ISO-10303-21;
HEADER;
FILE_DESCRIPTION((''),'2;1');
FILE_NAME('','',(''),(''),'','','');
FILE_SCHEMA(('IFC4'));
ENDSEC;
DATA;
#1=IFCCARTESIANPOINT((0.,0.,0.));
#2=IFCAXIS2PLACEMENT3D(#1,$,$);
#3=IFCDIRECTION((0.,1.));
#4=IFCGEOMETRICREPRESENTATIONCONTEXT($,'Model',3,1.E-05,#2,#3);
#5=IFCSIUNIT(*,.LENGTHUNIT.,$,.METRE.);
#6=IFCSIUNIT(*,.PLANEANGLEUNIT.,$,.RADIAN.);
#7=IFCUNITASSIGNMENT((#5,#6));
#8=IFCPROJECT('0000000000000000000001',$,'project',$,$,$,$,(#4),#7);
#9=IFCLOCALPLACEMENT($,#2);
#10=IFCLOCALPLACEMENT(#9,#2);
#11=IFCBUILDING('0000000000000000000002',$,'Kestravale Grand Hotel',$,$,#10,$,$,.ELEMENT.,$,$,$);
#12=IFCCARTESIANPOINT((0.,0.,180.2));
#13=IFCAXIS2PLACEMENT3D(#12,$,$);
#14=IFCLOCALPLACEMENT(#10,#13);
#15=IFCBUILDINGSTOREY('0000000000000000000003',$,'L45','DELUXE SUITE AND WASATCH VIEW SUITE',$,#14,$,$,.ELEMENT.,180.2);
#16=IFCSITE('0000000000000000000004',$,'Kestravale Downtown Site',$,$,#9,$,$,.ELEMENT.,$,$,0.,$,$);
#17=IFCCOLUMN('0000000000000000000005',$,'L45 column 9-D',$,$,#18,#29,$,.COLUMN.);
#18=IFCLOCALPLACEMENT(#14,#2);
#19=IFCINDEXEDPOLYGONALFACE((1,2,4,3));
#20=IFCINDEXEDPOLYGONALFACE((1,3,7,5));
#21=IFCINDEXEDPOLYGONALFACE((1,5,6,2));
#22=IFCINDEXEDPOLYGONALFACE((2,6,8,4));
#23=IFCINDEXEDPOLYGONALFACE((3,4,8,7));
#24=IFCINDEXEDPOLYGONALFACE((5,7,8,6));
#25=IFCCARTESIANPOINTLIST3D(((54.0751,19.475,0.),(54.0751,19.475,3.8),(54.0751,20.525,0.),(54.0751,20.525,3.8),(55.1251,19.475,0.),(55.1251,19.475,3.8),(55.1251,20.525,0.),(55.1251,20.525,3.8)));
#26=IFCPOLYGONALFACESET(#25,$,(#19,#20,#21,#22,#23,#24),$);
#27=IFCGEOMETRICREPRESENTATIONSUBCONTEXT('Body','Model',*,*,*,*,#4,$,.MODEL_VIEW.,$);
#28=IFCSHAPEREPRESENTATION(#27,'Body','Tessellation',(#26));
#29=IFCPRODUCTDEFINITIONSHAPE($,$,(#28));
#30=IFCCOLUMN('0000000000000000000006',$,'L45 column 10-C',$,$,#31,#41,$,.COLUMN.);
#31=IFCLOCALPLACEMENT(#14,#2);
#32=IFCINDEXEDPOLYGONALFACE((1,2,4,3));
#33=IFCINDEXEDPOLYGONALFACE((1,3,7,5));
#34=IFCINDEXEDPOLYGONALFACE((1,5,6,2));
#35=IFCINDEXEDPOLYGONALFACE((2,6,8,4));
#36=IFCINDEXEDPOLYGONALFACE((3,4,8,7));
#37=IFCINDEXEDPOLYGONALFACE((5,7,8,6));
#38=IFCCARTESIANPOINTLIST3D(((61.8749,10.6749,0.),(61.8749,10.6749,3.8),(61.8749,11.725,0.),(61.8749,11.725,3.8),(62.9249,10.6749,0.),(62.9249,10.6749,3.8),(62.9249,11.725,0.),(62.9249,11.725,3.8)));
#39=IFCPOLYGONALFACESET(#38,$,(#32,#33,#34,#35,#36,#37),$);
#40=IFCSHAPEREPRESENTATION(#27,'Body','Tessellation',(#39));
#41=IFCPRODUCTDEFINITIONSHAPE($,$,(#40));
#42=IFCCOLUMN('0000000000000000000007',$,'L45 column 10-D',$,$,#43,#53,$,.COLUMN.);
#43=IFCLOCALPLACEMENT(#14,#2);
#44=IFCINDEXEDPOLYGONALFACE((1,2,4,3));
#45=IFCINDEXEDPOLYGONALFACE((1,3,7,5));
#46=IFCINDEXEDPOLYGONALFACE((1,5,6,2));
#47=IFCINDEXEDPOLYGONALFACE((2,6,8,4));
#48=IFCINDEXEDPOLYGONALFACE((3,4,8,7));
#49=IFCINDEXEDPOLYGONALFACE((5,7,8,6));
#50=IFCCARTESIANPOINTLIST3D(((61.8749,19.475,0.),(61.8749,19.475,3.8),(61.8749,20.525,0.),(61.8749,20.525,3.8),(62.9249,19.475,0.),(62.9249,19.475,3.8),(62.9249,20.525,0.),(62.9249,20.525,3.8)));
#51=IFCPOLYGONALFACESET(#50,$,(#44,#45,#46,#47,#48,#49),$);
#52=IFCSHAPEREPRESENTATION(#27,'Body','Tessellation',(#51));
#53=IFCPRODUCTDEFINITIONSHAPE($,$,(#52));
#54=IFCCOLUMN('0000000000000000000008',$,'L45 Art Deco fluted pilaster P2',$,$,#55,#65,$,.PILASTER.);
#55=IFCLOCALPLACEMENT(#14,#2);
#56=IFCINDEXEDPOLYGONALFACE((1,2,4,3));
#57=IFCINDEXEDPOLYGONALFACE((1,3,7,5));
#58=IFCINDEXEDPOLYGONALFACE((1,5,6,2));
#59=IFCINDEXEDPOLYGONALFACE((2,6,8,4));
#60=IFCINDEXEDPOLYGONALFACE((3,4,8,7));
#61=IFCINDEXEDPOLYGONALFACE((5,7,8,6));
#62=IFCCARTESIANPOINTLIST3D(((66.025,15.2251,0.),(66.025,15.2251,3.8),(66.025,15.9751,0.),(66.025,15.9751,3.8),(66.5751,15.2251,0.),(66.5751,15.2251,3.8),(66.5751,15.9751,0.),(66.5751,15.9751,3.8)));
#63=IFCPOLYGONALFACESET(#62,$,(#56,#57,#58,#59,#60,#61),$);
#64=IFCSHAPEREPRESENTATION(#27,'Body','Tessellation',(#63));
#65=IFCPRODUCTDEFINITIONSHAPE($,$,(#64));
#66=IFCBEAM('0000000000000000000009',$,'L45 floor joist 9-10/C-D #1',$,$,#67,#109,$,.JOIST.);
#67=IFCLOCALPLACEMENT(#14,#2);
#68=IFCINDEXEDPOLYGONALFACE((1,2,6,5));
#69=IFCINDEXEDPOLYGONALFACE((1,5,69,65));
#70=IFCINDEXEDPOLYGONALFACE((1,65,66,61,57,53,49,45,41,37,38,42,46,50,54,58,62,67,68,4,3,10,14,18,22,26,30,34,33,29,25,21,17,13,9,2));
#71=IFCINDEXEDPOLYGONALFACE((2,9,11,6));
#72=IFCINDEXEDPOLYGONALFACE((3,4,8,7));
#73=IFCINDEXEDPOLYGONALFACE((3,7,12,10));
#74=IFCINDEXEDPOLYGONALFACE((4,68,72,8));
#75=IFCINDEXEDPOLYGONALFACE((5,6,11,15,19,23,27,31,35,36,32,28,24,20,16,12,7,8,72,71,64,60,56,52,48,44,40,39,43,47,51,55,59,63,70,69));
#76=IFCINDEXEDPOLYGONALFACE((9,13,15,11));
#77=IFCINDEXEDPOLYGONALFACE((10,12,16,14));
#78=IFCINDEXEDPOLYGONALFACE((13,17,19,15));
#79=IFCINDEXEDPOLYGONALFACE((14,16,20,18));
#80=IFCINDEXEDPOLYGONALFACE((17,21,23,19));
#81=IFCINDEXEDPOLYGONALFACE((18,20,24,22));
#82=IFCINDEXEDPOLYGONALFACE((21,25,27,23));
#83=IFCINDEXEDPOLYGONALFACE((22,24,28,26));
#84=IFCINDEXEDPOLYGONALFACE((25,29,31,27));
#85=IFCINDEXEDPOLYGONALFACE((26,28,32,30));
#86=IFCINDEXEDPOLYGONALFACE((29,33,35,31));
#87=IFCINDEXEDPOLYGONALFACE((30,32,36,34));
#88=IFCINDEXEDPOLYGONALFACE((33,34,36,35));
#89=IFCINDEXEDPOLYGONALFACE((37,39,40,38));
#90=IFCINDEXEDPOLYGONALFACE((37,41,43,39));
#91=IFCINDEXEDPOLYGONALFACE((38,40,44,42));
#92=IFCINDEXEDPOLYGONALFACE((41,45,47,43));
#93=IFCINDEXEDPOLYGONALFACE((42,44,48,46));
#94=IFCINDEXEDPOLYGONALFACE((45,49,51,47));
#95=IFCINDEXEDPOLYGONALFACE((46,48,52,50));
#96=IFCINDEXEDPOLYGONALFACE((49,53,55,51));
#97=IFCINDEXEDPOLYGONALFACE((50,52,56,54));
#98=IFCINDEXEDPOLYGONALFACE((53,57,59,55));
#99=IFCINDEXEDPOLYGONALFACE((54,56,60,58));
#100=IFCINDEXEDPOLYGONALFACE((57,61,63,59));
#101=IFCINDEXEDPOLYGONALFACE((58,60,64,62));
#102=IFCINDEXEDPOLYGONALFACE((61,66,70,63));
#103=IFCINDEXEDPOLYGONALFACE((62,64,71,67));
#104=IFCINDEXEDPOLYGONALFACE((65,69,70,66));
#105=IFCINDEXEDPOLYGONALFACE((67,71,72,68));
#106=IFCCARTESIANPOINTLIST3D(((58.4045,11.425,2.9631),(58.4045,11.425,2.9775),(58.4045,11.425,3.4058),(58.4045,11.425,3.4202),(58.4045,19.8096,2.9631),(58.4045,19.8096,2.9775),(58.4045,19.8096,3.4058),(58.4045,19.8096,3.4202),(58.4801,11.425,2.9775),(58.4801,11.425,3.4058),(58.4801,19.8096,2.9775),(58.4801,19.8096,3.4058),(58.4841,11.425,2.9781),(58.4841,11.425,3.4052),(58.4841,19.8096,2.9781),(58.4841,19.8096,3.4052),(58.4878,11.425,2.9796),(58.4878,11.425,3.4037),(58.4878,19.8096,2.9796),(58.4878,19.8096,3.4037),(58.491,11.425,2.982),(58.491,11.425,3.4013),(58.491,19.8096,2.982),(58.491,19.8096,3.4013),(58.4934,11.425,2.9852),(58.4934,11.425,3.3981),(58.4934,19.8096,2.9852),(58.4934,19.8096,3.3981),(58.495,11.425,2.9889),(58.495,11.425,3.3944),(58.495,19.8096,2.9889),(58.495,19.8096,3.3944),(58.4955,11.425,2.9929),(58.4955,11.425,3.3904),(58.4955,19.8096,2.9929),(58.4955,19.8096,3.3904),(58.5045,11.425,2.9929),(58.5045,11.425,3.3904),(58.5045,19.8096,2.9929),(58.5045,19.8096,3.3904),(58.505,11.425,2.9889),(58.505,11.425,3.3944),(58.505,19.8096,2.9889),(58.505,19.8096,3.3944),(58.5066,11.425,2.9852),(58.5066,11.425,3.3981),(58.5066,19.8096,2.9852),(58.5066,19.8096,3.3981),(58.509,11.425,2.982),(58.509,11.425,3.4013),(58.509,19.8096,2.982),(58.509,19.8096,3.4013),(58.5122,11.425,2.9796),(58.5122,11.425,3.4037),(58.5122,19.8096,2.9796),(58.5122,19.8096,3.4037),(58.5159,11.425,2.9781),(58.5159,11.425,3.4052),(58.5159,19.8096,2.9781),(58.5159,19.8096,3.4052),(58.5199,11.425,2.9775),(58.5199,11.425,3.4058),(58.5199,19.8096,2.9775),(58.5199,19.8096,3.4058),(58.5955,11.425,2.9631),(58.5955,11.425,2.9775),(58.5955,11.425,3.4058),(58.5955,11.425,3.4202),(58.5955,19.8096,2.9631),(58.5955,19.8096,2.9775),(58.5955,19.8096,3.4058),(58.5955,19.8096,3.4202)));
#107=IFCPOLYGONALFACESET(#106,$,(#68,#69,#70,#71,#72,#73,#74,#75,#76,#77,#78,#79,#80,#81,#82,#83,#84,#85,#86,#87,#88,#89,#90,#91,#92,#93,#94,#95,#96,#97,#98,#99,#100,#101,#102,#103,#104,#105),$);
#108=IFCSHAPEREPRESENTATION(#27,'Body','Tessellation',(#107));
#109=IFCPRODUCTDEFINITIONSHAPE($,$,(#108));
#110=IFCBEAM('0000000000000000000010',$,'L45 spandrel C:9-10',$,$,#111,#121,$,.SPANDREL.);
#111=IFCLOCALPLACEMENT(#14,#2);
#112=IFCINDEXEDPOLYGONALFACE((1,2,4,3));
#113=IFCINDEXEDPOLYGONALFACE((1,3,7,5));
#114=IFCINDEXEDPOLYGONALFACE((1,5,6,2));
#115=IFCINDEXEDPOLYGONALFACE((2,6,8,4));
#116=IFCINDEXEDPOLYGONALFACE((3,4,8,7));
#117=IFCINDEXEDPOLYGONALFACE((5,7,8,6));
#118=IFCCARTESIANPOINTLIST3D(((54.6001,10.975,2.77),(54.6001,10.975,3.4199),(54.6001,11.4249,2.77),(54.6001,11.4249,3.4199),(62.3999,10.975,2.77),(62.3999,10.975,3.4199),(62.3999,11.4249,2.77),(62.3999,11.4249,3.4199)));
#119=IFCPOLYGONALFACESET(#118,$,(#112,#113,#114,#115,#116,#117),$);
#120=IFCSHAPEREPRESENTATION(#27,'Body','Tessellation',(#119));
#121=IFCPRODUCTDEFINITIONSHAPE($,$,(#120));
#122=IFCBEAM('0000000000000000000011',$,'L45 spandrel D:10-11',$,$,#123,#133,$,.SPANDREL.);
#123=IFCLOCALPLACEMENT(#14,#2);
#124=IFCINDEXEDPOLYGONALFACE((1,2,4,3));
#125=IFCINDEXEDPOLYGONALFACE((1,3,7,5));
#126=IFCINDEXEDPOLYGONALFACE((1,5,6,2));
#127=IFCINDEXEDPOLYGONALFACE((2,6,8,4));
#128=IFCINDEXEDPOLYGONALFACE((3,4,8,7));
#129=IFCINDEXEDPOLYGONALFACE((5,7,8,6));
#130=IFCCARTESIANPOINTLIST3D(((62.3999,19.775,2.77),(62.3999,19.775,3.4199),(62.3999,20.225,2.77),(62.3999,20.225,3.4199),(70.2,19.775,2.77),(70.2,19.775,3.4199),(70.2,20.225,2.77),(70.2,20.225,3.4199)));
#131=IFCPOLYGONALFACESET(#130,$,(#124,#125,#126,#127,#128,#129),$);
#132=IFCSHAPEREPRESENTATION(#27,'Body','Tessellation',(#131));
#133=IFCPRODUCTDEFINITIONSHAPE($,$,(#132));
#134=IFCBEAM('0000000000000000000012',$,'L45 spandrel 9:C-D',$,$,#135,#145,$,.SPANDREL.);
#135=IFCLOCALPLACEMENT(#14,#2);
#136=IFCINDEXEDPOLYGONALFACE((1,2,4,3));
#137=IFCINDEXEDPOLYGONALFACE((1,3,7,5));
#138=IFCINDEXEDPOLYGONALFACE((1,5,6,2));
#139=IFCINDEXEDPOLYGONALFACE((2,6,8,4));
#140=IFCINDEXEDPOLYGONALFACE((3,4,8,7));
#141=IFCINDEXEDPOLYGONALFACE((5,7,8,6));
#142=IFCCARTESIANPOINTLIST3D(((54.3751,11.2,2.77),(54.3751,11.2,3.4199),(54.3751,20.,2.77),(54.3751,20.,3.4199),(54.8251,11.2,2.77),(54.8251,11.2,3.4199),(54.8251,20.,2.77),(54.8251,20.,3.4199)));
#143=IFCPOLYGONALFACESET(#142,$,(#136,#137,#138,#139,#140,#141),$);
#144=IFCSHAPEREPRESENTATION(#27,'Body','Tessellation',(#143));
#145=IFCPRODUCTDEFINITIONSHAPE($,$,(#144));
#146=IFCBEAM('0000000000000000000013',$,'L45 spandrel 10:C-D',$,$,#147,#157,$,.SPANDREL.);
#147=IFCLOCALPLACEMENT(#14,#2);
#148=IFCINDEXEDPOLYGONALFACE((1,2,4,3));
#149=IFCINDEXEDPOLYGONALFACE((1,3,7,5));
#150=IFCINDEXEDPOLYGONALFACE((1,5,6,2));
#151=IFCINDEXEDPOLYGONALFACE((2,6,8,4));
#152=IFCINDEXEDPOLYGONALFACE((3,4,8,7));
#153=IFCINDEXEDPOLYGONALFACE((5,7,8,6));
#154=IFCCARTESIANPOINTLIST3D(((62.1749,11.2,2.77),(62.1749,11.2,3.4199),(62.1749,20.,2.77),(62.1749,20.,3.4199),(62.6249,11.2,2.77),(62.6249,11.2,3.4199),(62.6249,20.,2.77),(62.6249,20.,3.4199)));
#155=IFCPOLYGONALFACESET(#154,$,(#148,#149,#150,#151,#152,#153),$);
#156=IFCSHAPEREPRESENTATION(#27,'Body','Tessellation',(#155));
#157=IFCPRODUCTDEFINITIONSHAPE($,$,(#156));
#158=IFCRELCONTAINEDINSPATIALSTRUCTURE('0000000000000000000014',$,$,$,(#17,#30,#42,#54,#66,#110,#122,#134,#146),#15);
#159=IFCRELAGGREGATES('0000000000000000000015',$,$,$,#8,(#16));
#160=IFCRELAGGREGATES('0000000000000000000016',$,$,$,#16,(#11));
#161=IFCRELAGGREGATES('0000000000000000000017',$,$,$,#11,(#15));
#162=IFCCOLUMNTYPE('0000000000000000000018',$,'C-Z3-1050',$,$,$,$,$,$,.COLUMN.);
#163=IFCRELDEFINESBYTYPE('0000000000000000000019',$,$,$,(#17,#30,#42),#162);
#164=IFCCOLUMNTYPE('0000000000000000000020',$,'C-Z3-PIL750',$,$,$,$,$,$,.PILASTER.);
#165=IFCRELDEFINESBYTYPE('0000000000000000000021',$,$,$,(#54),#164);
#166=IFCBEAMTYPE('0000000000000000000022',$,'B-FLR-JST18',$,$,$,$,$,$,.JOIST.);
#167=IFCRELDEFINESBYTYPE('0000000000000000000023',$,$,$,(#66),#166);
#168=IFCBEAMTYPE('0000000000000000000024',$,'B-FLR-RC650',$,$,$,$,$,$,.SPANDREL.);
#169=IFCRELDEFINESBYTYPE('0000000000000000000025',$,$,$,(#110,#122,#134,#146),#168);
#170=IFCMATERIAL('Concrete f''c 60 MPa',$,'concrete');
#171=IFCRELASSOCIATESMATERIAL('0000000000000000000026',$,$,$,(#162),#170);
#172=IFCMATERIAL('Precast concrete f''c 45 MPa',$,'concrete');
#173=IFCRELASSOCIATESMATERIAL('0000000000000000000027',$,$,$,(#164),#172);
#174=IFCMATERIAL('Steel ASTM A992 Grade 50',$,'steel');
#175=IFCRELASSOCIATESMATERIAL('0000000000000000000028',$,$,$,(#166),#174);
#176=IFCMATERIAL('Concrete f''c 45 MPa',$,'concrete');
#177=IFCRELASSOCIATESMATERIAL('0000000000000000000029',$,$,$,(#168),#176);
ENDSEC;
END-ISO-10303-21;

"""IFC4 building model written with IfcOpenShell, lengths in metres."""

from ifc_helpers import new_model, si_unit, direction, frame, origin, origin_2d, place, context, subcontext, project, spatial, rectangle, i_section, extrude, material, material_profile, profile_set, type_object, element, save


model = new_model("IFC4")

# Units and contexts
model_context = context("Model", 3, precision=1e-05, world=origin(), true_north=direction((0.0, 1.0)))
body_context = subcontext(model_context, "Body", "Model", "MODEL_VIEW")
ifc_project = project(units=[si_unit("LENGTHUNIT", "METRE"), si_unit("PLANEANGLEUNIT", "RADIAN")], contexts=[model_context])

# Site, building, storey
site_placement = place(None, origin())
site = spatial("IfcSite", under=ifc_project, at=site_placement, Name="Kestravale Downtown Site", CompositionType="ELEMENT", RefElevation=0.0)
building_placement = place(site_placement, origin())
building = spatial("IfcBuilding", under=site, at=building_placement, Name="Kestravale Grand Hotel", CompositionType="ELEMENT")
storey_placement = place(building_placement, frame((0.0, 0.0, 180.2)))
storey = spatial("IfcBuildingStorey", under=building, at=storey_placement, Name="L45", Description="DELUXE SUITE AND WASATCH VIEW SUITE", CompositionType="ELEMENT", Elevation=180.2)

# Columns
ifc_material_1 = material(Name="Concrete f'c 60 MPa", Category="concrete")
ifc_material_profile_1 = material_profile(ifc_material_1, rectangle(XDim=1.05, YDim=1.05, at=origin_2d()))
ifc_profile_set_1 = profile_set([ifc_material_profile_1], Name="Concrete f'c 60 MPa")
column_type_1 = type_object("IfcColumnType", Name="C-Z3-1050", PredefinedType="COLUMN", material=ifc_profile_set_1)
for number, where, z_axis, x_axis, name in (
    (1, (54.6001, 20.0, 0.0), (0.0, 0.0, 1.0), (1.0, 0.0, 0.0), "L45 column 9-D"),
    (2, (62.3999, 11.2, 0.0), (0.0, 0.0, 1.0), (1.0, 0.0, 0.0), "L45 column 10-C"),
    (3, (62.3999, 20.0, 0.0), (0.0, 0.0, 1.0), (1.0, 0.0, 0.0), "L45 column 10-D"),
):
    element("IfcColumn", number, at=place(storey_placement, frame(where, z_axis=z_axis, x_axis=x_axis)), inside=storey, type_object=column_type_1, Name=name, PredefinedType="COLUMN", context=body_context, shape_type="SweptSolid", body=[
        extrude(rectangle(XDim=1.05, YDim=1.05, at=origin_2d()), origin(), (0.0, 0.0, 1.0), 3.8),
    ])
ifc_material_2 = material(Name="Precast concrete f'c 45 MPa", Category="concrete")
ifc_material_profile_2 = material_profile(ifc_material_2, rectangle(XDim=0.55, YDim=0.75, at=origin_2d()))
ifc_profile_set_2 = profile_set([ifc_material_profile_2], Name="Precast concrete f'c 45 MPa")
column_type_2 = type_object("IfcColumnType", Name="C-Z3-PIL750", PredefinedType="PILASTER", material=ifc_profile_set_2)
column_placement = place(storey_placement, frame((66.3, 15.6001, 0.0), z_axis=(0.0, 0.0, 1.0), x_axis=(1.0, 0.0, 0.0)))
element("IfcColumn", 4, at=column_placement, inside=storey, type_object=column_type_2, Name="L45 Art Deco fluted pilaster P2", PredefinedType="PILASTER", context=body_context, shape_type="SweptSolid", body=[
    extrude(rectangle(XDim=0.55, YDim=0.75, at=origin_2d()), origin(), (0.0, 0.0, 1.0), 3.8),
])

# Beams
ifc_material_3 = material(Name="Steel ASTM A992 Grade 50", Category="steel")
ifc_material_profile_3 = material_profile(ifc_material_3, i_section(OverallWidth=0.1909, OverallDepth=0.457, WebThickness=0.009, FlangeThickness=0.0144, FilletRadius=0.0154, at=origin_2d()))
ifc_profile_set_3 = profile_set([ifc_material_profile_3], Name="Steel ASTM A992 Grade 50")
beam_type_1 = type_object("IfcBeamType", Name="B-FLR-JST18", PredefinedType="JOIST", material=ifc_profile_set_3)
beam_1_placement = place(storey_placement, frame((58.5, 11.425, 3.1917), z_axis=(0.0, 1.0, 0.0), x_axis=(-1.0, 0.0, 0.0)))
element("IfcBeam", 5, at=beam_1_placement, inside=storey, type_object=beam_type_1, Name="L45 floor joist 9-10/C-D #1", PredefinedType="JOIST", context=body_context, shape_type="SweptSolid", body=[
    extrude(i_section(OverallWidth=0.1909, OverallDepth=0.457, WebThickness=0.009, FlangeThickness=0.0144, FilletRadius=0.0154, at=origin_2d()), origin(), (0.0, 0.0, 1.0), 8.3845),
])
ifc_material_4 = material(Name="Concrete f'c 45 MPa", Category="concrete")
ifc_material_profile_4 = material_profile(ifc_material_4, rectangle(XDim=0.45, YDim=0.6499, at=origin_2d()))
ifc_profile_set_4 = profile_set([ifc_material_profile_4], Name="Concrete f'c 45 MPa")
beam_type_2 = type_object("IfcBeamType", Name="B-FLR-RC650", PredefinedType="SPANDREL", material=ifc_profile_set_4)
beam_2_placement = place(storey_placement, frame((54.6001, 11.2, 3.095), z_axis=(1.0, 0.0, 0.0), x_axis=(0.0, 1.0, 0.0)))
element("IfcBeam", 6, at=beam_2_placement, inside=storey, type_object=beam_type_2, Name="L45 spandrel C:9-10", PredefinedType="SPANDREL", context=body_context, shape_type="SweptSolid", body=[
    extrude(rectangle(XDim=0.45, YDim=0.6499, at=origin_2d()), origin(), (0.0, 0.0, 1.0), 7.7998),
])
beam_3_placement = place(storey_placement, frame((62.3999, 20.0, 3.095), z_axis=(1.0, 0.0, 0.0), x_axis=(0.0, 1.0, 0.0)))
element("IfcBeam", 7, at=beam_3_placement, inside=storey, type_object=beam_type_2, Name="L45 spandrel D:10-11", PredefinedType="SPANDREL", context=body_context, shape_type="SweptSolid", body=[
    extrude(rectangle(XDim=0.45, YDim=0.6499, at=origin_2d()), origin(), (0.0, 0.0, 1.0), 7.8),
])
for number, where, z_axis, x_axis, name in (
    (8, (54.6001, 11.2, 3.095), (0.0, 1.0, 0.0), (-1.0, 0.0, 0.0), "L45 spandrel 9:C-D"),
    (9, (62.3999, 11.2, 3.095), (0.0, 1.0, 0.0), (-1.0, 0.0, 0.0), "L45 spandrel 10:C-D"),
):
    element("IfcBeam", number, at=place(storey_placement, frame(where, z_axis=z_axis, x_axis=x_axis)), inside=storey, type_object=beam_type_2, Name=name, PredefinedType="SPANDREL", context=body_context, shape_type="SweptSolid", body=[
        extrude(rectangle(XDim=0.45, YDim=0.6499, at=origin_2d()), origin(), (0.0, 0.0, 1.0), 8.8),
    ])

save(model, "model.ifc")
